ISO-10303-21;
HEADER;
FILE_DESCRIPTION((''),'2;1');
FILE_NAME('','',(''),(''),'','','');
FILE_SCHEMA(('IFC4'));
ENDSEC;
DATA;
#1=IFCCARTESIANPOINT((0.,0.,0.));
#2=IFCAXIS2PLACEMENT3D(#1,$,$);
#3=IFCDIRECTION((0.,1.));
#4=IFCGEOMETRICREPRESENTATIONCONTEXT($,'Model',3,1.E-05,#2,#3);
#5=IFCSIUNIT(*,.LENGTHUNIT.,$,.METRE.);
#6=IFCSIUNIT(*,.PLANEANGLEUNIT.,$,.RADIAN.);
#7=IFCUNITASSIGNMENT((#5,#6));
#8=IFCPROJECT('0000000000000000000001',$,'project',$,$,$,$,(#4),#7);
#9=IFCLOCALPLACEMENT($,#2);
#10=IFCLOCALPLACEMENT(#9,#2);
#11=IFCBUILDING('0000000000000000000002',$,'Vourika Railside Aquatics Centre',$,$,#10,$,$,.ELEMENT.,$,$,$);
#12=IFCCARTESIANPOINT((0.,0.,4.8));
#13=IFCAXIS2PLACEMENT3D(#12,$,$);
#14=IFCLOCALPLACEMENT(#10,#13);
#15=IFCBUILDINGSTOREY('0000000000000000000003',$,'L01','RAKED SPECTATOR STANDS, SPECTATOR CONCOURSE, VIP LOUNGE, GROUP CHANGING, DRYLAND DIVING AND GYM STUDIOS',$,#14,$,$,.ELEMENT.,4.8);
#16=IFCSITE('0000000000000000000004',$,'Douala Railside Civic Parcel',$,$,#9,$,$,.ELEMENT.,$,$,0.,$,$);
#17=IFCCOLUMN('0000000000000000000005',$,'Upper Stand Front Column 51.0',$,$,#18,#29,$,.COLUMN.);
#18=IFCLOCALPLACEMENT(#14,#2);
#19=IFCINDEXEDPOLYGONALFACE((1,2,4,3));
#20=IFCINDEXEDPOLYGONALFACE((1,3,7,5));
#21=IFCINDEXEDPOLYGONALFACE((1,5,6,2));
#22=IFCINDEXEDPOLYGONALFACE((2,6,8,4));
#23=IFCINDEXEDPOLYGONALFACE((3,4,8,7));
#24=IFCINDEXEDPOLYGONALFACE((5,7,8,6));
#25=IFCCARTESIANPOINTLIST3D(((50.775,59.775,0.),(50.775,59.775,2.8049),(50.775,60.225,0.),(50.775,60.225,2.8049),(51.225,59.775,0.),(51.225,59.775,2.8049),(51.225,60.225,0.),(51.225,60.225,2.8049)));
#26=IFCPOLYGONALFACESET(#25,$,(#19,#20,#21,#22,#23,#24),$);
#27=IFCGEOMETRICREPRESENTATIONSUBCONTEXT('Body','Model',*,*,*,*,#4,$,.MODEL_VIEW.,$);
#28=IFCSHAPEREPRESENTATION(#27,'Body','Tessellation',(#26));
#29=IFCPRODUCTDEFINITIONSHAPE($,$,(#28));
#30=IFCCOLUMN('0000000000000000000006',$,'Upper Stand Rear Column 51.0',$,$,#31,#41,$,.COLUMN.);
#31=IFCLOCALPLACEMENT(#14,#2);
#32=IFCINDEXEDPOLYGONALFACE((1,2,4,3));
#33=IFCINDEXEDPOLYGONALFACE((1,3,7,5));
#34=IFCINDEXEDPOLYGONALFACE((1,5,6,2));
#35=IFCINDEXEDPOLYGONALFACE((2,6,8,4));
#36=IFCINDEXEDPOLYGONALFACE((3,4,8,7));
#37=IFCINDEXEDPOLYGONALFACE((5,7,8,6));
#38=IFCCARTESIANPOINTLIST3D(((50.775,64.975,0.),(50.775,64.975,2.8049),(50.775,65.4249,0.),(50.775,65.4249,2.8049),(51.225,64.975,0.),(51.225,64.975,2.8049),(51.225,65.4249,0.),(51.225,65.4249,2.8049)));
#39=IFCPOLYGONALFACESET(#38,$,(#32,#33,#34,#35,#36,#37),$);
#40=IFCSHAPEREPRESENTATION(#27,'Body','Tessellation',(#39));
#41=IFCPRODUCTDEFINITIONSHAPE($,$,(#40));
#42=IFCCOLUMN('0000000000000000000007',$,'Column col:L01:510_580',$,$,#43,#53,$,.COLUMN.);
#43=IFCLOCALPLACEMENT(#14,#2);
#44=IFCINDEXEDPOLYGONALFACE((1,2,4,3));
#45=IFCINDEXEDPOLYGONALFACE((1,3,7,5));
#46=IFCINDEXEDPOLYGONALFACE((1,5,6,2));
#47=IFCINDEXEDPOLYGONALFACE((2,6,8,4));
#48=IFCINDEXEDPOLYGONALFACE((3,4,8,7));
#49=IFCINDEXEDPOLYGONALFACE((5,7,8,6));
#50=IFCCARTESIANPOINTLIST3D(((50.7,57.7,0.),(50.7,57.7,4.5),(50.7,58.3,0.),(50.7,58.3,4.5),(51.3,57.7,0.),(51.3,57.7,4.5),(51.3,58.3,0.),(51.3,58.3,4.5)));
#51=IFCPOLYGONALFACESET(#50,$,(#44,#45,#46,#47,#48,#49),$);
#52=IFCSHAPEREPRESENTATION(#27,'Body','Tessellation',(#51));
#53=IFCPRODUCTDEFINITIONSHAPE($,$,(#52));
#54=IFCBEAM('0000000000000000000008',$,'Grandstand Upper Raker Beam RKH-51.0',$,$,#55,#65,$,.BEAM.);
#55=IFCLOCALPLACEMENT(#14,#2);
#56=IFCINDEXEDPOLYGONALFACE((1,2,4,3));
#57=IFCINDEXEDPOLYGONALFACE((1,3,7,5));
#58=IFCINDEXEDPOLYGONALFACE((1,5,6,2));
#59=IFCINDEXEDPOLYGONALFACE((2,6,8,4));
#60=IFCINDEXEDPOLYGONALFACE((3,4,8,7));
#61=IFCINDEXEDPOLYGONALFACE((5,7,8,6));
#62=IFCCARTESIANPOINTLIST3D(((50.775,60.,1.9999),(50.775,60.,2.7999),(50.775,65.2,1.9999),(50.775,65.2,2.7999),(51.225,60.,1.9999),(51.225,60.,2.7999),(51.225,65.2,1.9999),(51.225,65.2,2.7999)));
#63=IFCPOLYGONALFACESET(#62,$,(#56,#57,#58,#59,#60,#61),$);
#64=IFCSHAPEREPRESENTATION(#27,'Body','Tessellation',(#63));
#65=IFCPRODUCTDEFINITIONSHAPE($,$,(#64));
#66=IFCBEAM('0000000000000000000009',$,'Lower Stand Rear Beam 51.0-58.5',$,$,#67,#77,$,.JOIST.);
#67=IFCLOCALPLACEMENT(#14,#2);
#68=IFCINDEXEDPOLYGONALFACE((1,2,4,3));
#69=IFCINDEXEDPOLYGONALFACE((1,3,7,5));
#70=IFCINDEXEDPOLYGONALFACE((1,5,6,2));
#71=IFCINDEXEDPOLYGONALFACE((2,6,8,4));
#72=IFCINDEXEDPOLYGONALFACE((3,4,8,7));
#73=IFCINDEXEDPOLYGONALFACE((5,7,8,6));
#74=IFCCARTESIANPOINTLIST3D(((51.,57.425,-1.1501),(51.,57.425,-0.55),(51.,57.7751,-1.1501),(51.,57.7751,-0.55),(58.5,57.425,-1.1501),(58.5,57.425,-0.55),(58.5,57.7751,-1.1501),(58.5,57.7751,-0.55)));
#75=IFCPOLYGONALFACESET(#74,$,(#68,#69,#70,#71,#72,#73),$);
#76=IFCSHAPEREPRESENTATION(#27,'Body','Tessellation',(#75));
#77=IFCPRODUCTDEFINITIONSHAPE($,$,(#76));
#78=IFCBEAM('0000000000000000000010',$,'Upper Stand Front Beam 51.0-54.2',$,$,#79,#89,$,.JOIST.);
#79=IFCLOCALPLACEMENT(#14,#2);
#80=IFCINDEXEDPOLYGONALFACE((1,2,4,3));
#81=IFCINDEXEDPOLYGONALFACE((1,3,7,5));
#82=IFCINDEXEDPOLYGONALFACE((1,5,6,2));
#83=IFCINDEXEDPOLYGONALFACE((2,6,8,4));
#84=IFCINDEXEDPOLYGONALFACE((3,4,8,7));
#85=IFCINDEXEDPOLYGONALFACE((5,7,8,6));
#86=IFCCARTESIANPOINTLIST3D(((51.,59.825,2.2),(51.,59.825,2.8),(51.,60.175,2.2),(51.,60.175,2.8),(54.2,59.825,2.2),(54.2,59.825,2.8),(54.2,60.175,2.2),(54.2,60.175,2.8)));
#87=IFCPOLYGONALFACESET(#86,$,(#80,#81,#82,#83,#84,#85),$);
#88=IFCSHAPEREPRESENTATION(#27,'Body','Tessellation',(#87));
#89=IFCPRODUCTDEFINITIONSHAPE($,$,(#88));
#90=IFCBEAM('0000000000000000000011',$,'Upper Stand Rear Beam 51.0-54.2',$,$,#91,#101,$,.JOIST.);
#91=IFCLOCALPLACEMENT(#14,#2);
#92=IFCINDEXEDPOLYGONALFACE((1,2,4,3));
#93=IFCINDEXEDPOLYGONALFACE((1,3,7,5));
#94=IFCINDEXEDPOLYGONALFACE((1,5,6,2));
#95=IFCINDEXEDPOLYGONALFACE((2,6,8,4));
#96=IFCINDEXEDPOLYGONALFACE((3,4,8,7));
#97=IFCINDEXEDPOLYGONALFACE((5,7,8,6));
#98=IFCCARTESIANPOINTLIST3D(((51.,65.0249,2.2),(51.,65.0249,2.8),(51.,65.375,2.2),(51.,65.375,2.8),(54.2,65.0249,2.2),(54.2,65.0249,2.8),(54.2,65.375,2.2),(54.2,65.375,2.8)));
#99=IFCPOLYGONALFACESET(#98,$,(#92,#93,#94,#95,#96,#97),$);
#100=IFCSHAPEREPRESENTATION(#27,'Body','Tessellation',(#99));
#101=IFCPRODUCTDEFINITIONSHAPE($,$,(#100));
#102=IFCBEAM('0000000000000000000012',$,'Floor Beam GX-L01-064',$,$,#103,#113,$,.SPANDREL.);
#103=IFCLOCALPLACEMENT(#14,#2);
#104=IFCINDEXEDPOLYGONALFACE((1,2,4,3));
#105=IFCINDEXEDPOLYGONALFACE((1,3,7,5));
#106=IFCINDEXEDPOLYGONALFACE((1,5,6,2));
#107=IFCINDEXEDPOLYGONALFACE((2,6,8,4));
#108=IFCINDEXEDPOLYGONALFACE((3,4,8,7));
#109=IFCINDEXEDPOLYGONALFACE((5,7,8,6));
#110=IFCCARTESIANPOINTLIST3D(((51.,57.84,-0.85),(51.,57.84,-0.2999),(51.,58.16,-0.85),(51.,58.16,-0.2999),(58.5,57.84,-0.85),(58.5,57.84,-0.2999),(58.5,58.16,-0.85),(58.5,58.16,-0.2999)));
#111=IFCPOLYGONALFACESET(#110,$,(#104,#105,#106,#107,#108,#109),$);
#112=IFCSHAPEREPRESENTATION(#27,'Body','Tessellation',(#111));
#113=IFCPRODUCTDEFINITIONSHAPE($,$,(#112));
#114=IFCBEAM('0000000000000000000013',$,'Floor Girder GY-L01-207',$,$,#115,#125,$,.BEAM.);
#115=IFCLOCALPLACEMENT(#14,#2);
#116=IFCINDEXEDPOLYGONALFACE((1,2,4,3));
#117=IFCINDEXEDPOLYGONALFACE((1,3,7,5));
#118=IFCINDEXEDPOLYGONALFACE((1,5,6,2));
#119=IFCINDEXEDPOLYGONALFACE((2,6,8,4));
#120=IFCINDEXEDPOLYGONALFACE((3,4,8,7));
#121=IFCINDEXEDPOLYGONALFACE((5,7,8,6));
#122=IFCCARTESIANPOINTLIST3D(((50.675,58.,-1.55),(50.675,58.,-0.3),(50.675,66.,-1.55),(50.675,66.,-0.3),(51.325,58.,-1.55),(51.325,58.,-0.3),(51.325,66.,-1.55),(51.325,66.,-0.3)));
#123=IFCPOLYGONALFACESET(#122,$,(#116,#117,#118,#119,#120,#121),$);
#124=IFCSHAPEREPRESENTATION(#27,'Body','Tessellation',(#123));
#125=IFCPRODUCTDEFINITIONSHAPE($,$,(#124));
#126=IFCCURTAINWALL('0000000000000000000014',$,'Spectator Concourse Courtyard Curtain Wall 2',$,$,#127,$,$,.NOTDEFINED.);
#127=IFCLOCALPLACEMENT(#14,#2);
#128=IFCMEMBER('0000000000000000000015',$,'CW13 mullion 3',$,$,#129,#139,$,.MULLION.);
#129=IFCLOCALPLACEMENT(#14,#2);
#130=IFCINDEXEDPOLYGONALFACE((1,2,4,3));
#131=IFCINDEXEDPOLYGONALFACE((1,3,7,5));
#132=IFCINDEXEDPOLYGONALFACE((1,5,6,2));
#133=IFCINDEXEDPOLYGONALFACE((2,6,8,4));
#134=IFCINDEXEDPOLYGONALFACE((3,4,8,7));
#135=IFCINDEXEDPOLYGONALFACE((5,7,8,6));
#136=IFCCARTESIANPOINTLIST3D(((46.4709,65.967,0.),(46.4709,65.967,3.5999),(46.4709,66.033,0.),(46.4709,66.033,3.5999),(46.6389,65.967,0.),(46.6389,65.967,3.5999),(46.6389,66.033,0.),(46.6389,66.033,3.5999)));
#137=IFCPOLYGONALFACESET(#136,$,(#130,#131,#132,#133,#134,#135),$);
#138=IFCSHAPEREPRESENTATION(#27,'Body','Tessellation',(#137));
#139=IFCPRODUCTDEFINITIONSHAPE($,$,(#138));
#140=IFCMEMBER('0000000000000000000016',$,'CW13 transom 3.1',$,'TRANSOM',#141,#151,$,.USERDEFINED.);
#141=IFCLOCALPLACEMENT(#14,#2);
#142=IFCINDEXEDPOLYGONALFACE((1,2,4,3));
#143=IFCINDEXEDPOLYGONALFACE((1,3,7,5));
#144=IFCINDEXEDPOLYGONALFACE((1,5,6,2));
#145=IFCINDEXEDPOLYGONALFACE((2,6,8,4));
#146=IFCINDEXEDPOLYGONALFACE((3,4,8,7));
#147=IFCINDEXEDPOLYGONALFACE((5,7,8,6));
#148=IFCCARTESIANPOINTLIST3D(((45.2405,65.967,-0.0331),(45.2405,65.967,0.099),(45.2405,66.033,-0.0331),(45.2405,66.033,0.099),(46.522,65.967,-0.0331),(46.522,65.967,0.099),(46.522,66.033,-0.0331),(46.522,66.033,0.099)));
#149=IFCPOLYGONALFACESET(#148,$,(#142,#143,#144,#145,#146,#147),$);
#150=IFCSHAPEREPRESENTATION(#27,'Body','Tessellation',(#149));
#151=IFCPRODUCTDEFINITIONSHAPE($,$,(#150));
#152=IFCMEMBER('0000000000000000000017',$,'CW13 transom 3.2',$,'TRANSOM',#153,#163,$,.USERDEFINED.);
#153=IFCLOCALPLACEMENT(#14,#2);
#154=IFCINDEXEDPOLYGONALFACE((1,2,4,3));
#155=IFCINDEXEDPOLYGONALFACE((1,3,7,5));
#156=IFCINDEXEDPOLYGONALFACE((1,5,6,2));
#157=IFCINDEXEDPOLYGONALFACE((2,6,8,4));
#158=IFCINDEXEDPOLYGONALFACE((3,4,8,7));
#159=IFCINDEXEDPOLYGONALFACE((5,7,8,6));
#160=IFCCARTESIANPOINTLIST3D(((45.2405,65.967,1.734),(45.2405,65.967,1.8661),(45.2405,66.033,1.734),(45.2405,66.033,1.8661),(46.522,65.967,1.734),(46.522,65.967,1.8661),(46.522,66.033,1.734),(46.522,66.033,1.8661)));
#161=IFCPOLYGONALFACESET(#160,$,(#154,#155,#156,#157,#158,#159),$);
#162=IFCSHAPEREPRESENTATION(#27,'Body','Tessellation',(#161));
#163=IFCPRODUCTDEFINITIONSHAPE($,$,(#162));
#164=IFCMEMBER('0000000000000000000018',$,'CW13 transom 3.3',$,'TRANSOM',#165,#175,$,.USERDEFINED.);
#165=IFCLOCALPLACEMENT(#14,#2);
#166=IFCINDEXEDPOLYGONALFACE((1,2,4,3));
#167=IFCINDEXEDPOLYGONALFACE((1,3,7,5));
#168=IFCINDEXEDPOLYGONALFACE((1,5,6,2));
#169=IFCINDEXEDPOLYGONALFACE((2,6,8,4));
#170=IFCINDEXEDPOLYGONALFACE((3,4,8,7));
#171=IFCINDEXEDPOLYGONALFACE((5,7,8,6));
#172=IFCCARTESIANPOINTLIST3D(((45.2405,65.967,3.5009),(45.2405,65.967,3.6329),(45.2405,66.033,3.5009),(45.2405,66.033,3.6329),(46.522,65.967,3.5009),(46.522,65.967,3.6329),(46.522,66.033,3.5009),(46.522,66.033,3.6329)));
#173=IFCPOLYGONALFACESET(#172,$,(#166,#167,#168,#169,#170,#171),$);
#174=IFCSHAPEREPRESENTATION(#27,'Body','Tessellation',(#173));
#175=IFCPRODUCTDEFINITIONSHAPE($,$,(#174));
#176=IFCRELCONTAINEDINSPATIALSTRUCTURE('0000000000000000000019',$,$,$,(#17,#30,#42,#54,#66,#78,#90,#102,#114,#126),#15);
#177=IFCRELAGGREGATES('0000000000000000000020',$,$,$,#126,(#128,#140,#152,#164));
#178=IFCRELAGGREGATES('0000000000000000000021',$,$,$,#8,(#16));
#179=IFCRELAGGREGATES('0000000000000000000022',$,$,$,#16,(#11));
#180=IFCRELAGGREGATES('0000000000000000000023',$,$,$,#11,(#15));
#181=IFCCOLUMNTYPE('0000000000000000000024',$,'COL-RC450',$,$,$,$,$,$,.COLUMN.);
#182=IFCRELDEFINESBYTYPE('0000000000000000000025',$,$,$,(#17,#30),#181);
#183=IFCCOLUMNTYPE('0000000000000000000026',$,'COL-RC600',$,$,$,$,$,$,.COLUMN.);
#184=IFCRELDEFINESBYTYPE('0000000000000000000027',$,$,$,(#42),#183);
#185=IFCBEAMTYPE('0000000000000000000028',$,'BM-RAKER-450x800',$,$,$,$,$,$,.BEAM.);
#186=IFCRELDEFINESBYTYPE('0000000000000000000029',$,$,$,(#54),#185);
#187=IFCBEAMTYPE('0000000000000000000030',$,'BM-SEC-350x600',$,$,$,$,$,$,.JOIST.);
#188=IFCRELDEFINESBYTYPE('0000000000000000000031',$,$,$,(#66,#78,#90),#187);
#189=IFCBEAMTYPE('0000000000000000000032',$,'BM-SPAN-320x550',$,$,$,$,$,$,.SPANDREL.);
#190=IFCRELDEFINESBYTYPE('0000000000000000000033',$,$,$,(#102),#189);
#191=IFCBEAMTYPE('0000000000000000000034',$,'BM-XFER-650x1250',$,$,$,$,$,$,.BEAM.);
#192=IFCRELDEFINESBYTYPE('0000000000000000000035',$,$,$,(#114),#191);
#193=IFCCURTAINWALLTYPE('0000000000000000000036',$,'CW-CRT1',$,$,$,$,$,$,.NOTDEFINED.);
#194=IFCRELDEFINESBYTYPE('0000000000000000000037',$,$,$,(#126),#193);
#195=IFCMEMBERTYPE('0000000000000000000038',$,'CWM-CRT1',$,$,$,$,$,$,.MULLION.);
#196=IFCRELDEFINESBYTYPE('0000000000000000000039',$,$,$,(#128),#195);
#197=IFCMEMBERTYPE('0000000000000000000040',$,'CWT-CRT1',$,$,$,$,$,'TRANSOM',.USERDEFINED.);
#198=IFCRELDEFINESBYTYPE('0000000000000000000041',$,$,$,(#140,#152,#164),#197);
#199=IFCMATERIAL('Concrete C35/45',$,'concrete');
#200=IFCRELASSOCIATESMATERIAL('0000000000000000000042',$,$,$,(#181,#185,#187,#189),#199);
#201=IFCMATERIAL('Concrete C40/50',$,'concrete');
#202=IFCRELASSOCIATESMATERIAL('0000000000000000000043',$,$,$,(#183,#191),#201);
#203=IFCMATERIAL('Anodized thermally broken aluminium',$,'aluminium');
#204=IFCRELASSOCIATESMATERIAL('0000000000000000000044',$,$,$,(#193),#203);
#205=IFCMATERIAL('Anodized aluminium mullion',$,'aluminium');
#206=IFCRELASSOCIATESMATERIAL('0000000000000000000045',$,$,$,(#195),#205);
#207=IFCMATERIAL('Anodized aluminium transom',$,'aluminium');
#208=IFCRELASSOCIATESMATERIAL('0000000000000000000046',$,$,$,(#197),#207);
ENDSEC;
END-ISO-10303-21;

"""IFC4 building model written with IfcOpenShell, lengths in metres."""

from ifc_helpers import new_model, si_unit, direction, frame, origin, origin_2d, place, context, subcontext, project, spatial, rectangle, extrude, material, material_profile, profile_set, type_object, element, aggregate, save


model = new_model("IFC4")

# Units and contexts
model_context = context("Model", 3, precision=1e-05, world=origin(), true_north=direction((0.0, 1.0)))
body_context = subcontext(model_context, "Body", "Model", "MODEL_VIEW")
ifc_project = project(units=[si_unit("LENGTHUNIT", "METRE"), si_unit("PLANEANGLEUNIT", "RADIAN")], contexts=[model_context])

# Site, building, storey
site_placement = place(None, origin())
site = spatial("IfcSite", under=ifc_project, at=site_placement, Name="Douala Railside Civic Parcel", CompositionType="ELEMENT", RefElevation=0.0)
building_placement = place(site_placement, origin())
building = spatial("IfcBuilding", under=site, at=building_placement, Name="Vourika Railside Aquatics Centre", CompositionType="ELEMENT")
storey_placement = place(building_placement, frame((0.0, 0.0, 4.8)))
storey = spatial("IfcBuildingStorey", under=building, at=storey_placement, Name="L01", Description="RAKED SPECTATOR STANDS, SPECTATOR CONCOURSE, VIP LOUNGE, GROUP CHANGING, DRYLAND DIVING AND GYM STUDIOS", CompositionType="ELEMENT", Elevation=4.8)

# Columns
ifc_material_1 = material(Name="Concrete C35/45", Category="concrete")
ifc_material_profile_1 = material_profile(ifc_material_1, rectangle(XDim=0.45, YDim=0.45, at=origin_2d()), Name="RC 450x450")
ifc_profile_set_1 = profile_set([ifc_material_profile_1], Name="Concrete C35/45")
column_type_1 = type_object("IfcColumnType", Name="COL-RC450", PredefinedType="COLUMN", material=ifc_profile_set_1)
for number, where, z_axis, x_axis, name in (
    (1, (51.0, 60.0, 0.0), (0.0, 0.0, 1.0), (1.0, 0.0, 0.0), "Upper Stand Front Column 51.0"),
    (2, (51.0, 65.2, 0.0), (0.0, 0.0, 1.0), (1.0, 0.0, 0.0), "Upper Stand Rear Column 51.0"),
):
    element("IfcColumn", number, at=place(storey_placement, frame(where, z_axis=z_axis, x_axis=x_axis)), inside=storey, type_object=column_type_1, Name=name, PredefinedType="COLUMN", context=body_context, shape_type="SweptSolid", body=[
        extrude(rectangle(XDim=0.45, YDim=0.45, at=origin_2d()), origin(), (0.0, 0.0, 1.0), 2.8049),
    ])
ifc_material_2 = material(Name="Concrete C40/50", Category="concrete")
ifc_material_profile_2 = material_profile(ifc_material_2, rectangle(XDim=0.6001, YDim=0.6001, at=origin_2d()), Name="RC 600x600")
ifc_profile_set_2 = profile_set([ifc_material_profile_2], Name="Concrete C40/50")
column_type_2 = type_object("IfcColumnType", Name="COL-RC600", PredefinedType="COLUMN", material=ifc_profile_set_2)
column_placement = place(storey_placement, frame((51.0, 58.0, 0.0), z_axis=(0.0, 0.0, 1.0), x_axis=(1.0, 0.0, 0.0)))
element("IfcColumn", 3, at=column_placement, inside=storey, type_object=column_type_2, Name="Column col:L01:510_580", PredefinedType="COLUMN", context=body_context, shape_type="SweptSolid", body=[
    extrude(rectangle(XDim=0.6001, YDim=0.6001, at=origin_2d()), origin(), (0.0, 0.0, 1.0), 4.5),
])

# Beams
ifc_material_profile_3 = material_profile(ifc_material_1, rectangle(XDim=0.45, YDim=0.8, at=origin_2d()), Name="RC 450x800")
ifc_profile_set_3 = profile_set([ifc_material_profile_3], Name="Concrete C35/45")
beam_type_1 = type_object("IfcBeamType", Name="BM-RAKER-450x800", PredefinedType="BEAM", material=ifc_profile_set_3)
beam_1_placement = place(storey_placement, frame((51.0, 60.0, 2.3999), z_axis=(0.0, 1.0, 0.0), x_axis=(-1.0, 0.0, 0.0)))
element("IfcBeam", 4, at=beam_1_placement, inside=storey, type_object=beam_type_1, Name="Grandstand Upper Raker Beam RKH-51.0", PredefinedType="BEAM", context=body_context, shape_type="SweptSolid", body=[
    extrude(rectangle(XDim=0.45, YDim=0.8, at=origin_2d()), origin(), (0.0, 0.0, 1.0), 5.2),
])
ifc_material_profile_4 = material_profile(ifc_material_1, rectangle(XDim=0.3501, YDim=0.6001, at=origin_2d()), Name="RC 350x600")
ifc_profile_set_4 = profile_set([ifc_material_profile_4], Name="Concrete C35/45")
beam_type_2 = type_object("IfcBeamType", Name="BM-SEC-350x600", PredefinedType="JOIST", material=ifc_profile_set_4)
beam_2_placement = place(storey_placement, frame((51.0, 57.6001, -0.8501), z_axis=(1.0, 0.0, 0.0), x_axis=(0.0, 1.0, 0.0)))
element("IfcBeam", 5, at=beam_2_placement, inside=storey, type_object=beam_type_2, Name="Lower Stand Rear Beam 51.0-58.5", PredefinedType="JOIST", context=body_context, shape_type="SweptSolid", body=[
    extrude(rectangle(XDim=0.3501, YDim=0.6001, at=origin_2d()), origin(), (0.0, 0.0, 1.0), 7.5),
])
for number, where, z_axis, x_axis, name in (
    (6, (51.0, 60.0, 2.5), (1.0, 0.0, 0.0), (0.0, 1.0, 0.0), "Upper Stand Front Beam 51.0-54.2"),
    (7, (51.0, 65.2, 2.5), (1.0, 0.0, 0.0), (0.0, 1.0, 0.0), "Upper Stand Rear Beam 51.0-54.2"),
):
    element("IfcBeam", number, at=place(storey_placement, frame(where, z_axis=z_axis, x_axis=x_axis)), inside=storey, type_object=beam_type_2, Name=name, PredefinedType="JOIST", context=body_context, shape_type="SweptSolid", body=[
        extrude(rectangle(XDim=0.3501, YDim=0.6001, at=origin_2d()), origin(), (0.0, 0.0, 1.0), 3.2),
    ])
ifc_material_profile_5 = material_profile(ifc_material_1, rectangle(XDim=0.3201, YDim=0.55, at=origin_2d()), Name="RC 320x550")
ifc_profile_set_5 = profile_set([ifc_material_profile_5], Name="Concrete C35/45")
beam_type_3 = type_object("IfcBeamType", Name="BM-SPAN-320x550", PredefinedType="SPANDREL", material=ifc_profile_set_5)
beam_3_placement = place(storey_placement, frame((51.0, 58.0, -0.575), z_axis=(1.0, 0.0, 0.0), x_axis=(0.0, 1.0, 0.0)))
element("IfcBeam", 8, at=beam_3_placement, inside=storey, type_object=beam_type_3, Name="Floor Beam GX-L01-064", PredefinedType="SPANDREL", context=body_context, shape_type="SweptSolid", body=[
    extrude(rectangle(XDim=0.3201, YDim=0.55, at=origin_2d()), origin(), (0.0, 0.0, 1.0), 7.5),
])
ifc_material_profile_6 = material_profile(ifc_material_2, rectangle(XDim=0.6499, YDim=1.25, at=origin_2d()), Name="RC 650x1250")
ifc_profile_set_6 = profile_set([ifc_material_profile_6], Name="Concrete C40/50")
beam_type_4 = type_object("IfcBeamType", Name="BM-XFER-650x1250", PredefinedType="BEAM", material=ifc_profile_set_6)
beam_4_placement = place(storey_placement, frame((51.0, 58.0, -0.925), z_axis=(0.0, 1.0, 0.0), x_axis=(-1.0, 0.0, 0.0)))
element("IfcBeam", 9, at=beam_4_placement, inside=storey, type_object=beam_type_4, Name="Floor Girder GY-L01-207", PredefinedType="BEAM", context=body_context, shape_type="SweptSolid", body=[
    extrude(rectangle(XDim=0.6499, YDim=1.25, at=origin_2d()), origin(), (0.0, 0.0, 1.0), 8.0),
])

# Curtain wall, members
ifc_material_3 = material(Name="Anodized thermally broken aluminium", Category="aluminium")
curtain_wall_type = type_object("IfcCurtainWallType", Name="CW-CRT1", PredefinedType="NOTDEFINED", material=ifc_material_3)
curtain_wall_placement = place(storey_placement, origin())
curtain_wall = element("IfcCurtainWall", 10, at=curtain_wall_placement, inside=storey, type_object=curtain_wall_type, Name="Spectator Concourse Courtyard Curtain Wall 2", PredefinedType="NOTDEFINED")
ifc_material_4 = material(Name="Anodized aluminium mullion", Category="aluminium")
ifc_material_profile_7 = material_profile(ifc_material_4, rectangle(XDim=0.0659, YDim=0.168, at=origin_2d()), Name="ALU-M 66x168")
ifc_profile_set_7 = profile_set([ifc_material_profile_7], Name="Anodized aluminium mullion")
member_type_1 = type_object("IfcMemberType", Name="CWM-CRT1", PredefinedType="MULLION", material=ifc_profile_set_7)
member_1_placement = place(storey_placement, frame((46.5549, 66.0, 0.0), z_axis=(0.0, 0.0, 1.0), x_axis=(0.0, -1.0, 0.0)))
member_1 = element("IfcMember", 11, at=member_1_placement, type_object=member_type_1, Name="CW13 mullion 3", PredefinedType="MULLION", context=body_context, shape_type="SweptSolid", body=[
    extrude(rectangle(XDim=0.0659, YDim=0.168, at=origin_2d()), origin(), (0.0, 0.0, 1.0), 3.5999),
])
ifc_material_5 = material(Name="Anodized aluminium transom", Category="aluminium")
ifc_material_profile_8 = material_profile(ifc_material_5, rectangle(XDim=0.0659, YDim=0.1321, at=origin_2d()), Name="ALU-T 66x132")
ifc_profile_set_8 = profile_set([ifc_material_profile_8], Name="Anodized aluminium transom")
member_type_2 = type_object("IfcMemberType", Name="CWT-CRT1", ElementType="TRANSOM", PredefinedType="USERDEFINED", material=ifc_profile_set_8)
member_2_placement = place(storey_placement, frame((46.522, 66.0, 0.033), z_axis=(-1.0, 0.0, 0.0), x_axis=(0.0, -1.0, 0.0)))
member_2 = element("IfcMember", 12, at=member_2_placement, type_object=member_type_2, Name="CW13 transom 3.1", ObjectType="TRANSOM", PredefinedType="USERDEFINED", context=body_context, shape_type="SweptSolid", body=[
    extrude(rectangle(XDim=0.0659, YDim=0.1321, at=origin_2d()), origin(), (0.0, 0.0, 1.0), 1.2815),
])
member_3_placement = place(storey_placement, frame((46.522, 66.0, 1.8), z_axis=(-1.0, 0.0, 0.0), x_axis=(0.0, -1.0, 0.0)))
member_3 = element("IfcMember", 13, at=member_3_placement, type_object=member_type_2, Name="CW13 transom 3.2", ObjectType="TRANSOM", PredefinedType="USERDEFINED", context=body_context, shape_type="SweptSolid", body=[
    extrude(rectangle(XDim=0.0659, YDim=0.1321, at=origin_2d()), origin(), (0.0, 0.0, 1.0), 1.2815),
])
member_4_placement = place(storey_placement, frame((46.522, 66.0, 3.5669), z_axis=(-1.0, 0.0, 0.0), x_axis=(0.0, -1.0, 0.0)))
member_4 = element("IfcMember", 14, at=member_4_placement, type_object=member_type_2, Name="CW13 transom 3.3", ObjectType="TRANSOM", PredefinedType="USERDEFINED", context=body_context, shape_type="SweptSolid", body=[
    extrude(rectangle(XDim=0.0659, YDim=0.1321, at=origin_2d()), origin(), (0.0, 0.0, 1.0), 1.2815),
])
aggregate(curtain_wall, [member_1, member_2, member_3, member_4])

save(model, "model.ifc")
